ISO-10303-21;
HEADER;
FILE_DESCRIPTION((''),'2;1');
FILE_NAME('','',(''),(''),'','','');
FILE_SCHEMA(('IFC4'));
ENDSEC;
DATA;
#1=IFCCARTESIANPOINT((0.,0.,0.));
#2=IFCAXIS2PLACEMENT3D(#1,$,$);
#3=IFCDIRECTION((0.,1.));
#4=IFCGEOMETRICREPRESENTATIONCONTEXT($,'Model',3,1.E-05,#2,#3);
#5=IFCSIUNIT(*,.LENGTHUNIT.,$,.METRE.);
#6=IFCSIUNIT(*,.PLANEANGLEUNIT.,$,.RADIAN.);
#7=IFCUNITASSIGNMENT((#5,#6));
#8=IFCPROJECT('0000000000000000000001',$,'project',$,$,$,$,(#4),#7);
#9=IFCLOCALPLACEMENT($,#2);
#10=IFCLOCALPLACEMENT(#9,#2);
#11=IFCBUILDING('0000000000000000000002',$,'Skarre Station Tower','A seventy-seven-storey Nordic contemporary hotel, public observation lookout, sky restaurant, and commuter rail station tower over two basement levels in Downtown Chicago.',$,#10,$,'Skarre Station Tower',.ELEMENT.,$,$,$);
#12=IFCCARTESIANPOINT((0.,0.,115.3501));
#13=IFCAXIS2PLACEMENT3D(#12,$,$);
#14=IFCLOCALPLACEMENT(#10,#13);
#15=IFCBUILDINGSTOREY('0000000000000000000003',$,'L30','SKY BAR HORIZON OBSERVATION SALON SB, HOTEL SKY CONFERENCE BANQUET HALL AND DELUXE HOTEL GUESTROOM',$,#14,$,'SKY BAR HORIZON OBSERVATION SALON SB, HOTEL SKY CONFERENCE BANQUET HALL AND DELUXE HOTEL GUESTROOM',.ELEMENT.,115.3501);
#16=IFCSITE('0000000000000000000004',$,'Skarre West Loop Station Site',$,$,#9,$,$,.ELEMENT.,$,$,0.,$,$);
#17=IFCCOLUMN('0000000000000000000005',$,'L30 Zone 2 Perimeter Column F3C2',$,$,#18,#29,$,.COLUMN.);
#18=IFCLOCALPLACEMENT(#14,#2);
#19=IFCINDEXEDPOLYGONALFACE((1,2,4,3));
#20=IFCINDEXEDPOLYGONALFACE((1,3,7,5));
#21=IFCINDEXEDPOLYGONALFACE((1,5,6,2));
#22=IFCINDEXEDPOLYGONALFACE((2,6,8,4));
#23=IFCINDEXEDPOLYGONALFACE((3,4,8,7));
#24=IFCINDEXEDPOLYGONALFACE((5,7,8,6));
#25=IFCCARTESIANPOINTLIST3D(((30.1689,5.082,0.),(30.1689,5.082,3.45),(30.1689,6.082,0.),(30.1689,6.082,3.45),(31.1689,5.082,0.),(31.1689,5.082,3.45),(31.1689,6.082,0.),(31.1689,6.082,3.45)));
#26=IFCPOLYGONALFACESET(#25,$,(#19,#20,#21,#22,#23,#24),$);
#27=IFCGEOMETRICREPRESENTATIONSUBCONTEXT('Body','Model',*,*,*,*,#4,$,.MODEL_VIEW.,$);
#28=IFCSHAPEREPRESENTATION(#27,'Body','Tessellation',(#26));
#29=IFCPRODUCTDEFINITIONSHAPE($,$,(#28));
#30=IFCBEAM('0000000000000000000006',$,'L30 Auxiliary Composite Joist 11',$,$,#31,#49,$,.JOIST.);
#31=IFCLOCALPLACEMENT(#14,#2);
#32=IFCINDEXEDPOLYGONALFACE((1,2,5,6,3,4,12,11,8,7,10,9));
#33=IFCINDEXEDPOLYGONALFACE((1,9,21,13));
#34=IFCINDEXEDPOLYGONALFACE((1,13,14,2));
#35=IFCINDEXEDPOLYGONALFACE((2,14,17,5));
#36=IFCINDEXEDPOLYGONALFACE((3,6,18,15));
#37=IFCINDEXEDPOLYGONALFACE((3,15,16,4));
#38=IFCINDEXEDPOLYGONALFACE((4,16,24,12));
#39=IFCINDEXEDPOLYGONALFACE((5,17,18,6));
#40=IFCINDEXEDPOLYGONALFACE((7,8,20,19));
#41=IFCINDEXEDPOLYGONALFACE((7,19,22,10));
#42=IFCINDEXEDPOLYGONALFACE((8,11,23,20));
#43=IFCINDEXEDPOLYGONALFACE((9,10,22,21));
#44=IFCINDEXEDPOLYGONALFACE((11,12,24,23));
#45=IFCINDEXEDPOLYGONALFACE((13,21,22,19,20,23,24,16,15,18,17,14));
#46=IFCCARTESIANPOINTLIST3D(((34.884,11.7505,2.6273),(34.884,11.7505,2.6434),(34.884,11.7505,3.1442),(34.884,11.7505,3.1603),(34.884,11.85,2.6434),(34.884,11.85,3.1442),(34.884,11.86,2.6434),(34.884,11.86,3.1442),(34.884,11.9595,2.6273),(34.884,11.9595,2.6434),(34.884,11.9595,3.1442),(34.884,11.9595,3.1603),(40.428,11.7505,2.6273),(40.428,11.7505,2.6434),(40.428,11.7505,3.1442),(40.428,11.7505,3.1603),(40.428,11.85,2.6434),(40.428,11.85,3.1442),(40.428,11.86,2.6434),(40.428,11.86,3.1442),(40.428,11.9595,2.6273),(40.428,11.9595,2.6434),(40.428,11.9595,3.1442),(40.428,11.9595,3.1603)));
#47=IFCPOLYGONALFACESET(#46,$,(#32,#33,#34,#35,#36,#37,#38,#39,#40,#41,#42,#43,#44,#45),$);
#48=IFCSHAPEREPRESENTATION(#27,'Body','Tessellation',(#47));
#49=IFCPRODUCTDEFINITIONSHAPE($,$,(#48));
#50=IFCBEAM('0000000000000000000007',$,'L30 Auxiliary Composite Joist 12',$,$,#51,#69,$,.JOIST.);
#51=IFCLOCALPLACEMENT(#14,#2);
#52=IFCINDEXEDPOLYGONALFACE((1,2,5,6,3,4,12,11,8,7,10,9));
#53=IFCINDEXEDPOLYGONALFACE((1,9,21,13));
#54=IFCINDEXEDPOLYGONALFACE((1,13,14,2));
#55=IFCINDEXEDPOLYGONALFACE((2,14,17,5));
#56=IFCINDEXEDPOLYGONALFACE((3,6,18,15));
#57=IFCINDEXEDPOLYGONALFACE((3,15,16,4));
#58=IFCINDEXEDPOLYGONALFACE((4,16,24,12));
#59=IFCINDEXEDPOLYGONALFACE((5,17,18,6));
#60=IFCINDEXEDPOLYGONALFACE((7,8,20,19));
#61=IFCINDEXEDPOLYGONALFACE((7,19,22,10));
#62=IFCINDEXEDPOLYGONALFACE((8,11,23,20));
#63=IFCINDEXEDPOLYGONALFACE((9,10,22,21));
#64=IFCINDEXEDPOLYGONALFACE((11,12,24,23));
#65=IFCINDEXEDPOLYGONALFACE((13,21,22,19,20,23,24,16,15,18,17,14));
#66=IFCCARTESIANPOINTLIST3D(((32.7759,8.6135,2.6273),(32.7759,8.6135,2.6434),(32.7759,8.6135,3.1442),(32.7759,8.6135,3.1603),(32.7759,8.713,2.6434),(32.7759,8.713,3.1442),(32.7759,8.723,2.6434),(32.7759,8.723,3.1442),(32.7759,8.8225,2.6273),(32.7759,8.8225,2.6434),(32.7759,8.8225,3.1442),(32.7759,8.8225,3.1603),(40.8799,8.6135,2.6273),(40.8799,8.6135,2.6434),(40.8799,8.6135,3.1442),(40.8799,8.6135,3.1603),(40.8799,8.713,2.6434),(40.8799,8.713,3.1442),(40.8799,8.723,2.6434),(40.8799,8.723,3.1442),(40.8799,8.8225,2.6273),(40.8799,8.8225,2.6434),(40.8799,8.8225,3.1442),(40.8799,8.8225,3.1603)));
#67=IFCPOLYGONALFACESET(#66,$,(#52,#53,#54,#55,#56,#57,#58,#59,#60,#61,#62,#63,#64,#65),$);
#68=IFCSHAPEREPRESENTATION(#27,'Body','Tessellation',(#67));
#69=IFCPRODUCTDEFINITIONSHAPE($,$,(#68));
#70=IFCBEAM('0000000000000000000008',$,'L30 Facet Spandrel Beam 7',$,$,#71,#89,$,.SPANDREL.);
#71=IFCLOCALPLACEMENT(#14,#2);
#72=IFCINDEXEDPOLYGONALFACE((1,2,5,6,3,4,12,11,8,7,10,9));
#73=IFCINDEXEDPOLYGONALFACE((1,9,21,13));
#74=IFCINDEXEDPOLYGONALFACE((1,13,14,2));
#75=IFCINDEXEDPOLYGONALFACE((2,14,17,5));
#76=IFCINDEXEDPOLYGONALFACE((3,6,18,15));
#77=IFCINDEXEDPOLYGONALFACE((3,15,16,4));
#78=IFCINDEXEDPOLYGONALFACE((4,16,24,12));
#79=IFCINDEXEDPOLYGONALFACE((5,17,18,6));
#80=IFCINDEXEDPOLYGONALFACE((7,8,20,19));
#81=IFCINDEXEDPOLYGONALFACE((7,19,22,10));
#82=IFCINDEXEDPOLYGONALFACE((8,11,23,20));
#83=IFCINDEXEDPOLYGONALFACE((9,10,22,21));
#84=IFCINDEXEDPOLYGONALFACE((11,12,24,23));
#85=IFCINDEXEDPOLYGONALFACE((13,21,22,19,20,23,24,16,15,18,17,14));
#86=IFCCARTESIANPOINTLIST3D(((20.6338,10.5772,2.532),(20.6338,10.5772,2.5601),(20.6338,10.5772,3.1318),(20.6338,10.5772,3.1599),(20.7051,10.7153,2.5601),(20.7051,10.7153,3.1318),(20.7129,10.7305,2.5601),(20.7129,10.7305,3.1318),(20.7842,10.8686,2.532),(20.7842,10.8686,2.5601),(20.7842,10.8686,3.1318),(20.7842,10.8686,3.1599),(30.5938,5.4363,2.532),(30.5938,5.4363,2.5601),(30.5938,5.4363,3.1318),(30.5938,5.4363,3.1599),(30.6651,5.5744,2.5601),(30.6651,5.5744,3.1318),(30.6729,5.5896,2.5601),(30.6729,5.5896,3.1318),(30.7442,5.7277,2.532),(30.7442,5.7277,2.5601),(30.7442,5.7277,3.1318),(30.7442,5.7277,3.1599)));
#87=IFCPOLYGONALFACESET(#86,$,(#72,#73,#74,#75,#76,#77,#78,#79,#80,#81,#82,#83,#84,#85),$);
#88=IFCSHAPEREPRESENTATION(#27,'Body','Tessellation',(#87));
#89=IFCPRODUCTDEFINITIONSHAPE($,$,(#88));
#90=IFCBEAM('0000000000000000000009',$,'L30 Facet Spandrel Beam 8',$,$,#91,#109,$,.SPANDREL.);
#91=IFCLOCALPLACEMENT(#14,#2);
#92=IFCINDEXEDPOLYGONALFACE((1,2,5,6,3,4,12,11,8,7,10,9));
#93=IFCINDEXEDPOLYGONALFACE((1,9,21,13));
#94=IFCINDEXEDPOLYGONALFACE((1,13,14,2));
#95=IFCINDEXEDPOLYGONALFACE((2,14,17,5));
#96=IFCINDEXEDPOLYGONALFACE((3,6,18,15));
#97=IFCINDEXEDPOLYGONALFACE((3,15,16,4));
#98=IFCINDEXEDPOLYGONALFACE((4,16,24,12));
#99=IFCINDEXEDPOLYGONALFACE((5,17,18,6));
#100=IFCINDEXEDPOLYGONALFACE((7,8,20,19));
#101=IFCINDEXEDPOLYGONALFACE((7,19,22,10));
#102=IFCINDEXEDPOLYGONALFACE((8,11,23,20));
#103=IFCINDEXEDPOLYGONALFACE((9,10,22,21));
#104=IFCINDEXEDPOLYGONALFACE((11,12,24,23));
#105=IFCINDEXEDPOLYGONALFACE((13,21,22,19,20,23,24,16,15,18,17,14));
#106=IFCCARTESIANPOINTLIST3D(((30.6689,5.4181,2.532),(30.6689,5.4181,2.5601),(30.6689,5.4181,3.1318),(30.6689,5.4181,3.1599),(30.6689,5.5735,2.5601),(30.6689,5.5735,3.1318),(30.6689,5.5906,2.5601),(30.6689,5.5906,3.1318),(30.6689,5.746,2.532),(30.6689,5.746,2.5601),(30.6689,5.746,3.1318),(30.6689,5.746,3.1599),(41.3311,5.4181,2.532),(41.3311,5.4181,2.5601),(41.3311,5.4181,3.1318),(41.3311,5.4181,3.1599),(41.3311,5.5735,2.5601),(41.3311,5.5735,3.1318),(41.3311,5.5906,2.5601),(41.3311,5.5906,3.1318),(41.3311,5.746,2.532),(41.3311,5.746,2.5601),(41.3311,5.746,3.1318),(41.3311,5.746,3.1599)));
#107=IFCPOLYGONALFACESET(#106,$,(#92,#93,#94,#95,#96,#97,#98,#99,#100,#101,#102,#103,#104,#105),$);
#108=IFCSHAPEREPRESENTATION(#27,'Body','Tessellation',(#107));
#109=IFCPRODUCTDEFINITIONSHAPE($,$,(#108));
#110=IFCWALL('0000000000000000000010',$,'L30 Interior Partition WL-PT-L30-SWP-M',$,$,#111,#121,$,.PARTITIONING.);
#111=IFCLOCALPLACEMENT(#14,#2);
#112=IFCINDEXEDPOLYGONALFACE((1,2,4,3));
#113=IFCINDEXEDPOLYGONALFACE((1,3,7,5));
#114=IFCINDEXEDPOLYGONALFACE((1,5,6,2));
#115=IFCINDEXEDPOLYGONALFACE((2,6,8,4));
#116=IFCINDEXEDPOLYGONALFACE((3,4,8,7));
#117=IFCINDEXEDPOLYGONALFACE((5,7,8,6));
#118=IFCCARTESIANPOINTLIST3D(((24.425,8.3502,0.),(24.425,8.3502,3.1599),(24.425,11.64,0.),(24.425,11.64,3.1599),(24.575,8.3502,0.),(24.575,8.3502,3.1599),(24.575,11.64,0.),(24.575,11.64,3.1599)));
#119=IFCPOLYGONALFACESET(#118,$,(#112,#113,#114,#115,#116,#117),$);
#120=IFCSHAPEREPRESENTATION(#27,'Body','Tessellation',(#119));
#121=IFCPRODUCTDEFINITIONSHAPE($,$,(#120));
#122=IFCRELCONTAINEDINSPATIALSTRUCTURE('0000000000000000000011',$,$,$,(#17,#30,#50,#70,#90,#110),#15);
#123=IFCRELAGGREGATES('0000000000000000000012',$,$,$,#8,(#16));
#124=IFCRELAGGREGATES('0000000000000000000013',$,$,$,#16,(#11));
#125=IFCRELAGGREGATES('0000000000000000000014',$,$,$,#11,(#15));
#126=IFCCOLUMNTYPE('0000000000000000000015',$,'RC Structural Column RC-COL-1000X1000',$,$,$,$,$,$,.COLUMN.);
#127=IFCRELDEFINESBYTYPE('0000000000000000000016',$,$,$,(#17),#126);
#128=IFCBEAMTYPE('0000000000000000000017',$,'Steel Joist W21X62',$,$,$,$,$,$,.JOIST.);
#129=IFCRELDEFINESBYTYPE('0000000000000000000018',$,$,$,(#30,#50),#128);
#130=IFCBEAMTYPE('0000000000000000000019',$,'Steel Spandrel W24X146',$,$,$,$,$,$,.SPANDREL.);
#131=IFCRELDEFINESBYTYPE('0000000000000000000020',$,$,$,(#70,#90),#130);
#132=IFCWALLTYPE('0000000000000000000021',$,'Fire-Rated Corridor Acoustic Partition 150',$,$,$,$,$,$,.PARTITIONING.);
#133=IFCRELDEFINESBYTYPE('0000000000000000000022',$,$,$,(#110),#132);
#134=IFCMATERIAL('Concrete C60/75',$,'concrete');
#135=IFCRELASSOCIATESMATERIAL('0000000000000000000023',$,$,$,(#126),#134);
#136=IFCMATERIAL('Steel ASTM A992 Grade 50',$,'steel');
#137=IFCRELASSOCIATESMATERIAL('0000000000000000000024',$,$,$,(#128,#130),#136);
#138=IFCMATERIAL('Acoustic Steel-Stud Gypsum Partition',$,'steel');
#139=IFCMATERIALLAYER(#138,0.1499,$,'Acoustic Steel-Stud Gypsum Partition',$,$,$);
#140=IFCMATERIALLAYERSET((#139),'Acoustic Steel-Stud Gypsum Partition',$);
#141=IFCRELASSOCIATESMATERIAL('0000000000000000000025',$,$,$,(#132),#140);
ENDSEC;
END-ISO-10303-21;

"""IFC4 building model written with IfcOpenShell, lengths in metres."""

from ifc_helpers import new_model, si_unit, direction, frame, frame_2d, origin, origin_2d, place, context, subcontext, project, spatial, rectangle, i_section, extrude, material, layer, layer_set, material_profile, profile_set, type_object, element, save


model = new_model("IFC4")

# Units and contexts
model_context = context("Model", 3, precision=1e-05, world=origin(), true_north=direction((0.0, 1.0)))
body_context = subcontext(model_context, "Body", "Model", "MODEL_VIEW")
ifc_project = project(units=[si_unit("LENGTHUNIT", "METRE"), si_unit("PLANEANGLEUNIT", "RADIAN")], contexts=[model_context])

# Site, building, storey
site_placement = place(None, origin())
site = spatial("IfcSite", under=ifc_project, at=site_placement, Name="Skarre West Loop Station Site", CompositionType="ELEMENT", RefElevation=0.0)
building_placement = place(site_placement, origin())
building = spatial("IfcBuilding", under=site, at=building_placement, Name="Skarre Station Tower", Description="A seventy-seven-storey Nordic contemporary hotel, public observation lookout, sky restaurant, and commuter rail station tower over two basement levels in Downtown Chicago.", LongName="Skarre Station Tower", CompositionType="ELEMENT")
storey_placement = place(building_placement, frame((0.0, 0.0, 115.3501)))
storey = spatial("IfcBuildingStorey", under=building, at=storey_placement, Name="L30", Description="SKY BAR HORIZON OBSERVATION SALON SB, HOTEL SKY CONFERENCE BANQUET HALL AND DELUXE HOTEL GUESTROOM", LongName="SKY BAR HORIZON OBSERVATION SALON SB, HOTEL SKY CONFERENCE BANQUET HALL AND DELUXE HOTEL GUESTROOM", CompositionType="ELEMENT", Elevation=115.3501)

# Column
ifc_material_1 = material(Name="Concrete C60/75", Category="concrete")
ifc_material_profile_1 = material_profile(ifc_material_1, rectangle(XDim=1.0, YDim=1.0, at=origin_2d()), Name="Concrete C60/75")
ifc_profile_set_1 = profile_set([ifc_material_profile_1], Name="Concrete C60/75")
column_type = type_object("IfcColumnType", Name="RC Structural Column RC-COL-1000X1000", PredefinedType="COLUMN", material=ifc_profile_set_1)
column_placement = place(storey_placement, frame((30.6689, 5.582, 0.0), z_axis=(0.0, 0.0, 1.0), x_axis=(1.0, 0.0, 0.0)))
element("IfcColumn", 1, at=column_placement, inside=storey, type_object=column_type, Name="L30 Zone 2 Perimeter Column F3C2", PredefinedType="COLUMN", context=body_context, shape_type="SweptSolid", body=[
    extrude(rectangle(XDim=1.0, YDim=1.0, at=origin_2d()), origin(), (0.0, 0.0, 1.0), 3.45),
])

# Beams
ifc_material_2 = material(Name="Steel ASTM A992 Grade 50", Category="steel")
ifc_material_profile_2 = material_profile(ifc_material_2, i_section(OverallWidth=0.209, OverallDepth=0.533, WebThickness=0.01, FlangeThickness=0.0161, at=origin_2d()), Name="Steel ASTM A992 Grade 50")
ifc_profile_set_2 = profile_set([ifc_material_profile_2], Name="Steel ASTM A992 Grade 50")
beam_type_1 = type_object("IfcBeamType", Name="Steel Joist W21X62", PredefinedType="JOIST", material=ifc_profile_set_2)
beam_1_placement = place(storey_placement, frame((34.884, 11.855, 2.8938), z_axis=(1.0, 0.0, 0.0), x_axis=(0.0, 1.0, 0.0)))
element("IfcBeam", 2, at=beam_1_placement, inside=storey, type_object=beam_type_1, Name="L30 Auxiliary Composite Joist 11", PredefinedType="JOIST", context=body_context, shape_type="SweptSolid", body=[
    extrude(i_section(OverallWidth=0.209, OverallDepth=0.533, WebThickness=0.01, FlangeThickness=0.0161, at=origin_2d()), origin(), (0.0, 0.0, 1.0), 5.5439),
])
beam_2_placement = place(storey_placement, frame((32.7759, 8.718, 2.8938), z_axis=(1.0, 0.0, 0.0), x_axis=(0.0, 1.0, 0.0)))
element("IfcBeam", 3, at=beam_2_placement, inside=storey, type_object=beam_type_1, Name="L30 Auxiliary Composite Joist 12", PredefinedType="JOIST", context=body_context, shape_type="SweptSolid", body=[
    extrude(i_section(OverallWidth=0.209, OverallDepth=0.533, WebThickness=0.01, FlangeThickness=0.0161, at=origin_2d()), origin(), (0.0, 0.0, 1.0), 8.104),
])
ifc_material_profile_3 = material_profile(ifc_material_2, i_section(OverallWidth=0.3279, OverallDepth=0.6279, WebThickness=0.0171, FlangeThickness=0.0281, at=origin_2d()), Name="Steel ASTM A992 Grade 50")
ifc_profile_set_3 = profile_set([ifc_material_profile_3], Name="Steel ASTM A992 Grade 50")
beam_type_2 = type_object("IfcBeamType", Name="Steel Spandrel W24X146", PredefinedType="SPANDREL", material=ifc_profile_set_3)
beam_3_placement = place(storey_placement, frame((20.709, 10.7229, 2.8459), z_axis=(0.888612, -0.45866, 0.0), x_axis=(0.45866, 0.888612, 0.0)))
element("IfcBeam", 4, at=beam_3_placement, inside=storey, type_object=beam_type_2, Name="L30 Facet Spandrel Beam 7", PredefinedType="SPANDREL", context=body_context, shape_type="SweptSolid", body=[
    extrude(i_section(OverallWidth=0.3279, OverallDepth=0.6279, WebThickness=0.0171, FlangeThickness=0.0281, at=origin_2d()), origin(), (0.0, 0.0, 1.0), 11.2085),
])
beam_4_placement = place(storey_placement, frame((30.6689, 5.582, 2.8459), z_axis=(1.0, 0.0, 0.0), x_axis=(0.0, 1.0, 0.0)))
element("IfcBeam", 5, at=beam_4_placement, inside=storey, type_object=beam_type_2, Name="L30 Facet Spandrel Beam 8", PredefinedType="SPANDREL", context=body_context, shape_type="SweptSolid", body=[
    extrude(i_section(OverallWidth=0.3279, OverallDepth=0.6279, WebThickness=0.0171, FlangeThickness=0.0281, at=origin_2d()), origin(), (0.0, 0.0, 1.0), 10.6621),
])

# Wall
ifc_material_3 = material(Name="Acoustic Steel-Stud Gypsum Partition", Category="steel")
ifc_layer_1 = layer(ifc_material_3, 0.1499, Name="Acoustic Steel-Stud Gypsum Partition")
ifc_layer_set_1 = layer_set([ifc_layer_1], Name="Acoustic Steel-Stud Gypsum Partition")
wall_type_1 = type_object("IfcWallType", Name="Fire-Rated Corridor Acoustic Partition 150", PredefinedType="PARTITIONING", material=ifc_layer_set_1)
wall_1_placement = place(storey_placement, frame((24.5, 8.3501, 0.0), z_axis=(0.0, 0.0, 1.0), x_axis=(0.0, 1.0, 0.0)))
element("IfcWall", 6, at=wall_1_placement, inside=storey, type_object=wall_type_1, Name="L30 Interior Partition WL-PT-L30-SWP-M", PredefinedType="PARTITIONING", context=body_context, shape_type="SweptSolid", body=[
    extrude(rectangle(XDim=3.2898, YDim=0.1499, at=frame_2d((1.645, 0.0))), origin(), (0.0, 0.0, 1.0), 3.1599),
])

save(model, "model.ifc")
